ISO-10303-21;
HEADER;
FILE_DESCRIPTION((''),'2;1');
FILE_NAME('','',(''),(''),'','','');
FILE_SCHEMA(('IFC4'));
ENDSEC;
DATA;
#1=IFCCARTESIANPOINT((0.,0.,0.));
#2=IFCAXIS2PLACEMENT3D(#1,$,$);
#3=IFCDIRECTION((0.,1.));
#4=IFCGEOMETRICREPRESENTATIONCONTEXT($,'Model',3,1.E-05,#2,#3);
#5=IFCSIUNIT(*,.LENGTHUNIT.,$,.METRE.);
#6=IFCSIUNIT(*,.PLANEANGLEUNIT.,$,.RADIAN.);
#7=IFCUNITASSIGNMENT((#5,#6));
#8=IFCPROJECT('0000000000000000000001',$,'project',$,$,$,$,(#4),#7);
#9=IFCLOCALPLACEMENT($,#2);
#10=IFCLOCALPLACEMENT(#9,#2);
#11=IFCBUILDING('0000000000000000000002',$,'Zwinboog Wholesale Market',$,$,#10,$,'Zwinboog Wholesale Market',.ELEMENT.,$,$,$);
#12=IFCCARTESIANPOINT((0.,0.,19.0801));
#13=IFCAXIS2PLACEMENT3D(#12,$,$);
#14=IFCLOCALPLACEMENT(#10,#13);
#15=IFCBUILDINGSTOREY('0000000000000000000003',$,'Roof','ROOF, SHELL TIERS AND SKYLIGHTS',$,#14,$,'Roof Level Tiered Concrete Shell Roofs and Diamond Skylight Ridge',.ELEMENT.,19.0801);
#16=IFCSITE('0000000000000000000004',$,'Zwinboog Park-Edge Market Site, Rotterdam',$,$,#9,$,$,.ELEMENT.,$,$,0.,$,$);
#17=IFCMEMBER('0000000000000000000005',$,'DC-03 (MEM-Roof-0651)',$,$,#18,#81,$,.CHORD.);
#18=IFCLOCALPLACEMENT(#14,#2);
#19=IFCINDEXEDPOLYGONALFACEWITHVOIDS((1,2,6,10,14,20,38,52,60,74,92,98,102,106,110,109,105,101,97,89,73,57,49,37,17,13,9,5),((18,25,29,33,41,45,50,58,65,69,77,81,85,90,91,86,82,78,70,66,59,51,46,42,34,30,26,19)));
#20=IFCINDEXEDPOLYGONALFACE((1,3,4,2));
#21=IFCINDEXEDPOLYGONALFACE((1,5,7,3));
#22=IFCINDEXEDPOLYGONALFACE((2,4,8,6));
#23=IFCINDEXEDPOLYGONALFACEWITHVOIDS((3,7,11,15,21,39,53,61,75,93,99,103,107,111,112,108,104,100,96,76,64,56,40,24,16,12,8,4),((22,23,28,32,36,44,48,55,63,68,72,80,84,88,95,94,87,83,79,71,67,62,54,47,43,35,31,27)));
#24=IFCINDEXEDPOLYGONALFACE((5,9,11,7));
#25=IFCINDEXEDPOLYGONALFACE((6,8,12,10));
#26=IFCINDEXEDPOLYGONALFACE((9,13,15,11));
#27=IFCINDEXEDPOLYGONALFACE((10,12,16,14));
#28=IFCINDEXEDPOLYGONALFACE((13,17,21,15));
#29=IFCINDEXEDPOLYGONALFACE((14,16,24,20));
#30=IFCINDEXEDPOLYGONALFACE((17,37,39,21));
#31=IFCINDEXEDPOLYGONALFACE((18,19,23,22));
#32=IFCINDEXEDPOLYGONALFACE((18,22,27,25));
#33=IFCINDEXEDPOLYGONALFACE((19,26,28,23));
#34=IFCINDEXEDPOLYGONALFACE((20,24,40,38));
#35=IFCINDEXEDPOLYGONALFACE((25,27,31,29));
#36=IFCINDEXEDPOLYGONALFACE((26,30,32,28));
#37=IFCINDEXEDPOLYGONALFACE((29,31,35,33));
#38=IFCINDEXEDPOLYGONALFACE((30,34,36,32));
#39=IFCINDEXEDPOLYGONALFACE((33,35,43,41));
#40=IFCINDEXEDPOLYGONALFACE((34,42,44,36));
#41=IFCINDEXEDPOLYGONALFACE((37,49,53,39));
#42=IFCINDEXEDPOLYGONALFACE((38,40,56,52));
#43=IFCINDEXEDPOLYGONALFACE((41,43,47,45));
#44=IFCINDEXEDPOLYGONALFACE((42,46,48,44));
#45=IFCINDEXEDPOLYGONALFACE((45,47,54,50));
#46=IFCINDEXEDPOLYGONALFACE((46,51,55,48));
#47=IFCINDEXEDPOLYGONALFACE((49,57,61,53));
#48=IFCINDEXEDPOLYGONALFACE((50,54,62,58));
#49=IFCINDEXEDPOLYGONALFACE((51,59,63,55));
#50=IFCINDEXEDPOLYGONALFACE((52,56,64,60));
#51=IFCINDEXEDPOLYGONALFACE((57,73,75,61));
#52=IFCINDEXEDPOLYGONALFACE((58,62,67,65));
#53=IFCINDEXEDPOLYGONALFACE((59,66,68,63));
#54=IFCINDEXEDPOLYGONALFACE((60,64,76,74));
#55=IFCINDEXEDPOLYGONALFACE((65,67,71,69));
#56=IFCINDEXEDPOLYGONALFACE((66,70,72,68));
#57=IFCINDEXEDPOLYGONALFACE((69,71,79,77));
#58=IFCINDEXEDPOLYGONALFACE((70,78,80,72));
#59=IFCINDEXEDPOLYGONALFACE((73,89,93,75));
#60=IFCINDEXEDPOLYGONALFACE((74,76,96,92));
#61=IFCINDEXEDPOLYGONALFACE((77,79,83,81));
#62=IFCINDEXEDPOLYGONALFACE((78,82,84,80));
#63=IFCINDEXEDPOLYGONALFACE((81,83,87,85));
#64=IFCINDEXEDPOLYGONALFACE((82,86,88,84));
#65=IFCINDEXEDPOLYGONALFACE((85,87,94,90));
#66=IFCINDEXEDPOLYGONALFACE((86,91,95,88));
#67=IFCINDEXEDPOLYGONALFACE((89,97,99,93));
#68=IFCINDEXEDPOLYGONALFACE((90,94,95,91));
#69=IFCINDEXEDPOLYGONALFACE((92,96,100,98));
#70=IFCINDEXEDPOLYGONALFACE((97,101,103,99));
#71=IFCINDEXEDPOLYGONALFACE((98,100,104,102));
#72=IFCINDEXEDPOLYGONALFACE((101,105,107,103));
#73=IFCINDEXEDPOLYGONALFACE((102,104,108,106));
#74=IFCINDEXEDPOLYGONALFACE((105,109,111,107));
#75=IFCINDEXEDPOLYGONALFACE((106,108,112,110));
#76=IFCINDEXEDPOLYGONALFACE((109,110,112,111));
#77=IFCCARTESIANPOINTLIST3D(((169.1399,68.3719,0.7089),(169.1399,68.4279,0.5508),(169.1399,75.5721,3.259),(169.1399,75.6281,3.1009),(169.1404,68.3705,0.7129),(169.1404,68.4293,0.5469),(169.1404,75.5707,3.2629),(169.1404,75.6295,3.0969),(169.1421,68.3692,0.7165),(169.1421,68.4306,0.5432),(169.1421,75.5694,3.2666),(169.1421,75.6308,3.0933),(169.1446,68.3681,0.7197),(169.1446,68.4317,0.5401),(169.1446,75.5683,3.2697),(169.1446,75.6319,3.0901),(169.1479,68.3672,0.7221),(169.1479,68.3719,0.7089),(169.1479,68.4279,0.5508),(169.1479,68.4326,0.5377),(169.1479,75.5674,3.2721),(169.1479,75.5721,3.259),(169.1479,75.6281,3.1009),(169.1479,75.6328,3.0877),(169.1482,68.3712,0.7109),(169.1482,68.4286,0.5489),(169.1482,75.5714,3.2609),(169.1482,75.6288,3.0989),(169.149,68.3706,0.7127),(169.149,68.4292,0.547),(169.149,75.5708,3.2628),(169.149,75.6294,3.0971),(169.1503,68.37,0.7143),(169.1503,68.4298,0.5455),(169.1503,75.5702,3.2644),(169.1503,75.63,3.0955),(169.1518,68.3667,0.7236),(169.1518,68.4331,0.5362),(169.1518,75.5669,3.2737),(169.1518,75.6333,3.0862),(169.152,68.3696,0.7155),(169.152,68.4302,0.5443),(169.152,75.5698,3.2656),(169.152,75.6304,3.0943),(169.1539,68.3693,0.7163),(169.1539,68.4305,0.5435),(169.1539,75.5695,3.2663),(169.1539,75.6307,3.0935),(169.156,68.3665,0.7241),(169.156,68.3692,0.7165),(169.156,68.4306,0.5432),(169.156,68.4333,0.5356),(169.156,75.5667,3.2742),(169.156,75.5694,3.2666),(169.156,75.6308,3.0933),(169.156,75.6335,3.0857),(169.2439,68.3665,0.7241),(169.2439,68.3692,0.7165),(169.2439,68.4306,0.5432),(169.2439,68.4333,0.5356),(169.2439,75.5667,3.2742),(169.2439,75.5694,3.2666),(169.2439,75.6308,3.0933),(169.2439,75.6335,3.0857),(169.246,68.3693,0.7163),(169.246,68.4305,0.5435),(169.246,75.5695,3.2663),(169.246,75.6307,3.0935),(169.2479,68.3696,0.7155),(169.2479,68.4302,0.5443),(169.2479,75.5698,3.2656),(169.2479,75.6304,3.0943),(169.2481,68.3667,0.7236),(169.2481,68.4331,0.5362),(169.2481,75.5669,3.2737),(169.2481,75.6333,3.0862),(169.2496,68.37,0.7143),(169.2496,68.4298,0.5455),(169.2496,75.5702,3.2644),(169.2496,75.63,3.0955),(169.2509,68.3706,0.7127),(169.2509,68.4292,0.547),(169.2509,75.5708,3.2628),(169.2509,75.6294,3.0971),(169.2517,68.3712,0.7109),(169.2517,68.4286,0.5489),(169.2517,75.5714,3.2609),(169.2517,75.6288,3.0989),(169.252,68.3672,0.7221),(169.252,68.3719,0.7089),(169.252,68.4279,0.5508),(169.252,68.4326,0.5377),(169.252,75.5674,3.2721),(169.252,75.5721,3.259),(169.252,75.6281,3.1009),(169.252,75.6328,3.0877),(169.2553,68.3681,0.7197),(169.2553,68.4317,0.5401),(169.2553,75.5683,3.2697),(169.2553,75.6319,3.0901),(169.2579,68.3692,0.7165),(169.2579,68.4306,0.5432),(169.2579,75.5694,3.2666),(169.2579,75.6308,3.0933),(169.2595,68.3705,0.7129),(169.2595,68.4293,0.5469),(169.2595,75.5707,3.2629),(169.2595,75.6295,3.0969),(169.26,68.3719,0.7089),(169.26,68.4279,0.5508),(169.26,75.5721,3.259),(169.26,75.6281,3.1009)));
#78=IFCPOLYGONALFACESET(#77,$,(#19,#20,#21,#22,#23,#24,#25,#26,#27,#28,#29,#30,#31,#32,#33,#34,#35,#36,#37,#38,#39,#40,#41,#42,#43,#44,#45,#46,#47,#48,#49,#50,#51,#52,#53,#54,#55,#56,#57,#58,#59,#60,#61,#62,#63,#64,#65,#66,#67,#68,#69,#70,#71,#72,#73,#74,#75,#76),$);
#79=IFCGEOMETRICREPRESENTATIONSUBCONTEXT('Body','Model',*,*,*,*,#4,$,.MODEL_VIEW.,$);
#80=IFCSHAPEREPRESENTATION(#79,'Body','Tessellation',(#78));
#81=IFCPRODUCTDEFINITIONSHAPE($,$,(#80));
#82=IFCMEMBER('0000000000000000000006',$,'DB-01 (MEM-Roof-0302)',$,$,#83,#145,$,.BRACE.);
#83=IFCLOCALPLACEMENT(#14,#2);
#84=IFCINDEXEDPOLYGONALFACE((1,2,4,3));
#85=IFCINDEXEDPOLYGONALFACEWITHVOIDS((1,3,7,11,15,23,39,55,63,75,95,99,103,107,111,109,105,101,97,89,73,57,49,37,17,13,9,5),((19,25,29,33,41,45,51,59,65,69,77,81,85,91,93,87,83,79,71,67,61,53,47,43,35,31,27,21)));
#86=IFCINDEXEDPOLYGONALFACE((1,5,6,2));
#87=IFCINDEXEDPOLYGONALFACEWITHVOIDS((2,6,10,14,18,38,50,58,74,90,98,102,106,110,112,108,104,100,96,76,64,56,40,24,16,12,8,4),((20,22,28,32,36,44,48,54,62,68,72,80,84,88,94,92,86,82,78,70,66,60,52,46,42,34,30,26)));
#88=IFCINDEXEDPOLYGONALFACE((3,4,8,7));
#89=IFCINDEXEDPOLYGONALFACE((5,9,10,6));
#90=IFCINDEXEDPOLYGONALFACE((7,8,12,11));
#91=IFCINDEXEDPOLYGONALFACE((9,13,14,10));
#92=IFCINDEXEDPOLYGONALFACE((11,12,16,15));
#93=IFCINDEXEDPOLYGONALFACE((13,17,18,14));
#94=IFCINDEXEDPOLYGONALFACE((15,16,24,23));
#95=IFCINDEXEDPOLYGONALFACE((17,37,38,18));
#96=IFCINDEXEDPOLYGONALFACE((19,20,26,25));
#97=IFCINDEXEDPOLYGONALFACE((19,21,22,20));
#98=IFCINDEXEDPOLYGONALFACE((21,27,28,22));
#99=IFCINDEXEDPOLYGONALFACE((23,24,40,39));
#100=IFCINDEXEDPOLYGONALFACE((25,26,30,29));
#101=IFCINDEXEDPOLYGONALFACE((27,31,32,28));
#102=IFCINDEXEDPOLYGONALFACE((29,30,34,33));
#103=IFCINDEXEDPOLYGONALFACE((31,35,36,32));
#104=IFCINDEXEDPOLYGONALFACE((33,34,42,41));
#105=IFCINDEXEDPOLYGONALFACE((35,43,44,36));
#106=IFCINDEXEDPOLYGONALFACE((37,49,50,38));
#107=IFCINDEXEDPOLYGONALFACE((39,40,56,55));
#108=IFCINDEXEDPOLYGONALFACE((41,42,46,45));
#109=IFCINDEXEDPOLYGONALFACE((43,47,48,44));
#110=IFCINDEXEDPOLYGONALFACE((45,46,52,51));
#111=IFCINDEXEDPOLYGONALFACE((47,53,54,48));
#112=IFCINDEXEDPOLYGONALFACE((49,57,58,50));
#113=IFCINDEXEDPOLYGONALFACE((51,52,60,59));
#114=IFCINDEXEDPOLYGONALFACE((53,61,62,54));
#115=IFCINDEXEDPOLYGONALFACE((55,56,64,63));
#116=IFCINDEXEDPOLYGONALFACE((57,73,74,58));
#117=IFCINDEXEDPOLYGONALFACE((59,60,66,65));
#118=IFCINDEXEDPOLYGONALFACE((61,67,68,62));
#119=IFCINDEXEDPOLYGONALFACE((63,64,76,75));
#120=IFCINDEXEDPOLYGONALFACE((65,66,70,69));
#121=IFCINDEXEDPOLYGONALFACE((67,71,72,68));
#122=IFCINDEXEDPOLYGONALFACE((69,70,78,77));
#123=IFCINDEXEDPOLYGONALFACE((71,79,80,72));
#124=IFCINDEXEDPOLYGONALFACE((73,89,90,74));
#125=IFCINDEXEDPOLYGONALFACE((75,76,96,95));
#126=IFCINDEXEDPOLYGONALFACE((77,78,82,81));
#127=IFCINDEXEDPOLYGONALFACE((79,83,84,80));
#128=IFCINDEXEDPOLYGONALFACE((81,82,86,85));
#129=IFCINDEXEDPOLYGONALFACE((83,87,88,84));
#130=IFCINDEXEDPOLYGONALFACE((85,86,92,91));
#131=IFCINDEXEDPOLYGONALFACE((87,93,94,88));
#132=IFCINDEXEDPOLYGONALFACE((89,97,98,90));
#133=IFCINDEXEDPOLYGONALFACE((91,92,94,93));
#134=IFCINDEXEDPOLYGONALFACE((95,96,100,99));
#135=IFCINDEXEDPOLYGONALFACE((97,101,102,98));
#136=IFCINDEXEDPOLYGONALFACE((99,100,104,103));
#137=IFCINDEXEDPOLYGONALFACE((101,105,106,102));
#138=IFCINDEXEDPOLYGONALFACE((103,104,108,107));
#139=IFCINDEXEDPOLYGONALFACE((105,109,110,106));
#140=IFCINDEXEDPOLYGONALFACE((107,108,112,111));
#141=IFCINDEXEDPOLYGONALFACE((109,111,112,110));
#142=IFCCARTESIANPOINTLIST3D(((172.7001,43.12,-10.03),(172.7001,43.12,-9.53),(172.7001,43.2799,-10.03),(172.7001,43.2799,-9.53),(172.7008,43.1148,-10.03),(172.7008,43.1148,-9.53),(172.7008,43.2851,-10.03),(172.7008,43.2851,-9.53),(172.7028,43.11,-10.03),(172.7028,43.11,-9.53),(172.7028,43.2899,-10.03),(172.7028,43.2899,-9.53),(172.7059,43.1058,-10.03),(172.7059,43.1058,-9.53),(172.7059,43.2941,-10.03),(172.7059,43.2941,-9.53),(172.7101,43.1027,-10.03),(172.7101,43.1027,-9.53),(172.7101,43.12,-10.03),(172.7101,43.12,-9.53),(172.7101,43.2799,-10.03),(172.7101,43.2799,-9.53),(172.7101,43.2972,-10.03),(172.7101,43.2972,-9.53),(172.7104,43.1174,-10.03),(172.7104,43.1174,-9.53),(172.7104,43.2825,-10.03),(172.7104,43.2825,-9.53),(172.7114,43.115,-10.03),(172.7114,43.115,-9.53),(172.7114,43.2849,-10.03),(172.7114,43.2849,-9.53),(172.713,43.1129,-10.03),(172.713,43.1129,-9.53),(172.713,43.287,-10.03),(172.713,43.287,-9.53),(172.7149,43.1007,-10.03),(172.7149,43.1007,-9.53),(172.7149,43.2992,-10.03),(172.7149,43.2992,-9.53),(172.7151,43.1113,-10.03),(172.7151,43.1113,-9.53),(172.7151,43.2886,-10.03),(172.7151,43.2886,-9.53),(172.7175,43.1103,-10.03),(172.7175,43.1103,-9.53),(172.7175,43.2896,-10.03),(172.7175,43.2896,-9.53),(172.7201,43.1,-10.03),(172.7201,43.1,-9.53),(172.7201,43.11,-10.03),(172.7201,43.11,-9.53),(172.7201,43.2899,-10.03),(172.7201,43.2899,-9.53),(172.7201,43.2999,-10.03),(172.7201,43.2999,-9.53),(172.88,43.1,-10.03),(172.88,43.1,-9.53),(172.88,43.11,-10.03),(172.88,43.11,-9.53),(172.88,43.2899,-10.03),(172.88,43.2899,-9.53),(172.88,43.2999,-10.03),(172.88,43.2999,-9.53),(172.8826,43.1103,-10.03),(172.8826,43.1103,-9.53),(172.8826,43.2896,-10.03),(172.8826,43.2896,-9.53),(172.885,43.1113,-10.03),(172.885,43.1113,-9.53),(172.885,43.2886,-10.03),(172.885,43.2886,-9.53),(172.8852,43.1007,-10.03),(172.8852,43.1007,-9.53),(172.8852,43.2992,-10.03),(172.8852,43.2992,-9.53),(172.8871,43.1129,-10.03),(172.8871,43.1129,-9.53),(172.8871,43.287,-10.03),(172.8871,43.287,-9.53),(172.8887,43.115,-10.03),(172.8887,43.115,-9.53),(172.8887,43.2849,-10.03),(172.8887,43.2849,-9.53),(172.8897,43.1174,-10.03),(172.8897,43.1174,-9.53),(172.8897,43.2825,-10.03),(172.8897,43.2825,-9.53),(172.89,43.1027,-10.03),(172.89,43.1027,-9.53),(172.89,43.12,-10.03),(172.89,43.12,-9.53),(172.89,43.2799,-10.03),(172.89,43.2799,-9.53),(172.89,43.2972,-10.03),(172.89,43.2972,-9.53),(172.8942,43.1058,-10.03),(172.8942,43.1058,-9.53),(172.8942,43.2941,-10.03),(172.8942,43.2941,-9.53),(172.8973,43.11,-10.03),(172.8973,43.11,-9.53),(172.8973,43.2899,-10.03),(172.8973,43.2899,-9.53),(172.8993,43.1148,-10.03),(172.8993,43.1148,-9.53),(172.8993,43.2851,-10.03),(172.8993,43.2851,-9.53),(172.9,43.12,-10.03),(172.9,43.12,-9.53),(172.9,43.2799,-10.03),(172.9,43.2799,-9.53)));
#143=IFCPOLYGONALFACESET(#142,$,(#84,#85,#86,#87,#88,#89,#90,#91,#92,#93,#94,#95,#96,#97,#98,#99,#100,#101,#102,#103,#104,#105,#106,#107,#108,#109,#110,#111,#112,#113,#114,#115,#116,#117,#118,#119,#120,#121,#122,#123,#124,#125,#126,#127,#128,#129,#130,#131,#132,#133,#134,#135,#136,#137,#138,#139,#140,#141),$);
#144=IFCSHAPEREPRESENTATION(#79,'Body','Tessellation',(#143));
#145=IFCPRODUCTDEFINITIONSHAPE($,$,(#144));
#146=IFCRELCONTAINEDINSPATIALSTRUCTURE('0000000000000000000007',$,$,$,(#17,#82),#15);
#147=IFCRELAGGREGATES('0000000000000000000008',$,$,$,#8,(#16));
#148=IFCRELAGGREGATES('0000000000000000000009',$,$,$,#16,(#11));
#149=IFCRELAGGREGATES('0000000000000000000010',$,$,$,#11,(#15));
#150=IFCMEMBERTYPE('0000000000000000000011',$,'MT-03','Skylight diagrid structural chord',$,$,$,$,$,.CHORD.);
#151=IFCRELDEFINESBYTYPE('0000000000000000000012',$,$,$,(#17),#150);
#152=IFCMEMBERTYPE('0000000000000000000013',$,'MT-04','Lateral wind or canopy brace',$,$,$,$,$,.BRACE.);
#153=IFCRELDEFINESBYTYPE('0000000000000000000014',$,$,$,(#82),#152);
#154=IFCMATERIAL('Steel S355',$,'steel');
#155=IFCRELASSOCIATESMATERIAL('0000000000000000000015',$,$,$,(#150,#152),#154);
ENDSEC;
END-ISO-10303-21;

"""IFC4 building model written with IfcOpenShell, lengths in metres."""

from ifc_helpers import new_model, si_unit, direction, frame, origin, origin_2d, place, context, subcontext, project, spatial, hollow_rectangle, extrude, material, material_profile, profile_set, type_object, element, save


model = new_model("IFC4")

# Units and contexts
model_context = context("Model", 3, precision=1e-05, world=origin(), true_north=direction((0.0, 1.0)))
body_context = subcontext(model_context, "Body", "Model", "MODEL_VIEW")
ifc_project = project(units=[si_unit("LENGTHUNIT", "METRE"), si_unit("PLANEANGLEUNIT", "RADIAN")], contexts=[model_context])

# Site, building, storey
site_placement = place(None, origin())
site = spatial("IfcSite", under=ifc_project, at=site_placement, Name="Zwinboog Park-Edge Market Site, Rotterdam", CompositionType="ELEMENT", RefElevation=0.0)
building_placement = place(site_placement, origin())
building = spatial("IfcBuilding", under=site, at=building_placement, Name="Zwinboog Wholesale Market", LongName="Zwinboog Wholesale Market", CompositionType="ELEMENT")
storey_placement = place(building_placement, frame((0.0, 0.0, 19.0801)))
storey = spatial("IfcBuildingStorey", under=building, at=storey_placement, Name="Roof", Description="ROOF, SHELL TIERS AND SKYLIGHTS", LongName="Roof Level Tiered Concrete Shell Roofs and Diamond Skylight Ridge", CompositionType="ELEMENT", Elevation=19.0801)

# Members
ifc_material_1 = material(Name="Steel S355", Category="steel")
ifc_material_profile_1 = material_profile(ifc_material_1, hollow_rectangle(XDim=0.1201, YDim=0.2, WallThickness=0.0081, InnerFilletRadius=0.0081, OuterFilletRadius=0.0161, at=origin_2d()), Name="RHS 200x120x8")
ifc_profile_set_1 = profile_set([ifc_material_profile_1], Name="Steel S355")
member_type_1 = type_object("IfcMemberType", Name="MT-03", Description="Skylight diagrid structural chord", PredefinedType="CHORD", material=ifc_profile_set_1)
for number, where, z_axis, x_axis, name in (
    (1, (169.2, 68.3999, 0.6299), (0.0, 0.942628, 0.333845), (-1.0, 0.0, 0.0), "DC-03 (MEM-Roof-0651)"),
):
    element("IfcMember", number, at=place(storey_placement, frame(where, z_axis=z_axis, x_axis=x_axis)), inside=storey, type_object=member_type_1, Name=name, PredefinedType="CHORD", context=body_context, shape_type="SweptSolid", body=[
        extrude(hollow_rectangle(XDim=0.1201, YDim=0.2, WallThickness=0.0081, InnerFilletRadius=0.0081, OuterFilletRadius=0.0161, at=origin_2d()), origin(), (0.0, 0.0, 1.0), 7.6384),
    ])
ifc_material_profile_2 = material_profile(ifc_material_1, hollow_rectangle(XDim=0.2, YDim=0.2, WallThickness=0.01, InnerFilletRadius=0.01, OuterFilletRadius=0.02, at=origin_2d()), Name="SHS 200x200x10")
ifc_profile_set_2 = profile_set([ifc_material_profile_2], Name="Steel S355")
member_type_2 = type_object("IfcMemberType", Name="MT-04", Description="Lateral wind or canopy brace", PredefinedType="BRACE", material=ifc_profile_set_2)
member_1_placement = place(storey_placement, frame((172.8, 43.2, -10.03), z_axis=(0.0, 0.0, 1.0), x_axis=(1.0, 0.0, 0.0)))
element("IfcMember", 2, at=member_1_placement, inside=storey, type_object=member_type_2, Name="DB-01 (MEM-Roof-0302)", PredefinedType="BRACE", context=body_context, shape_type="SweptSolid", body=[
    extrude(hollow_rectangle(XDim=0.2, YDim=0.2, WallThickness=0.01, InnerFilletRadius=0.01, OuterFilletRadius=0.02, at=origin_2d()), origin(), (0.0, 0.0, 1.0), 0.5),
])

save(model, "model.ifc")
